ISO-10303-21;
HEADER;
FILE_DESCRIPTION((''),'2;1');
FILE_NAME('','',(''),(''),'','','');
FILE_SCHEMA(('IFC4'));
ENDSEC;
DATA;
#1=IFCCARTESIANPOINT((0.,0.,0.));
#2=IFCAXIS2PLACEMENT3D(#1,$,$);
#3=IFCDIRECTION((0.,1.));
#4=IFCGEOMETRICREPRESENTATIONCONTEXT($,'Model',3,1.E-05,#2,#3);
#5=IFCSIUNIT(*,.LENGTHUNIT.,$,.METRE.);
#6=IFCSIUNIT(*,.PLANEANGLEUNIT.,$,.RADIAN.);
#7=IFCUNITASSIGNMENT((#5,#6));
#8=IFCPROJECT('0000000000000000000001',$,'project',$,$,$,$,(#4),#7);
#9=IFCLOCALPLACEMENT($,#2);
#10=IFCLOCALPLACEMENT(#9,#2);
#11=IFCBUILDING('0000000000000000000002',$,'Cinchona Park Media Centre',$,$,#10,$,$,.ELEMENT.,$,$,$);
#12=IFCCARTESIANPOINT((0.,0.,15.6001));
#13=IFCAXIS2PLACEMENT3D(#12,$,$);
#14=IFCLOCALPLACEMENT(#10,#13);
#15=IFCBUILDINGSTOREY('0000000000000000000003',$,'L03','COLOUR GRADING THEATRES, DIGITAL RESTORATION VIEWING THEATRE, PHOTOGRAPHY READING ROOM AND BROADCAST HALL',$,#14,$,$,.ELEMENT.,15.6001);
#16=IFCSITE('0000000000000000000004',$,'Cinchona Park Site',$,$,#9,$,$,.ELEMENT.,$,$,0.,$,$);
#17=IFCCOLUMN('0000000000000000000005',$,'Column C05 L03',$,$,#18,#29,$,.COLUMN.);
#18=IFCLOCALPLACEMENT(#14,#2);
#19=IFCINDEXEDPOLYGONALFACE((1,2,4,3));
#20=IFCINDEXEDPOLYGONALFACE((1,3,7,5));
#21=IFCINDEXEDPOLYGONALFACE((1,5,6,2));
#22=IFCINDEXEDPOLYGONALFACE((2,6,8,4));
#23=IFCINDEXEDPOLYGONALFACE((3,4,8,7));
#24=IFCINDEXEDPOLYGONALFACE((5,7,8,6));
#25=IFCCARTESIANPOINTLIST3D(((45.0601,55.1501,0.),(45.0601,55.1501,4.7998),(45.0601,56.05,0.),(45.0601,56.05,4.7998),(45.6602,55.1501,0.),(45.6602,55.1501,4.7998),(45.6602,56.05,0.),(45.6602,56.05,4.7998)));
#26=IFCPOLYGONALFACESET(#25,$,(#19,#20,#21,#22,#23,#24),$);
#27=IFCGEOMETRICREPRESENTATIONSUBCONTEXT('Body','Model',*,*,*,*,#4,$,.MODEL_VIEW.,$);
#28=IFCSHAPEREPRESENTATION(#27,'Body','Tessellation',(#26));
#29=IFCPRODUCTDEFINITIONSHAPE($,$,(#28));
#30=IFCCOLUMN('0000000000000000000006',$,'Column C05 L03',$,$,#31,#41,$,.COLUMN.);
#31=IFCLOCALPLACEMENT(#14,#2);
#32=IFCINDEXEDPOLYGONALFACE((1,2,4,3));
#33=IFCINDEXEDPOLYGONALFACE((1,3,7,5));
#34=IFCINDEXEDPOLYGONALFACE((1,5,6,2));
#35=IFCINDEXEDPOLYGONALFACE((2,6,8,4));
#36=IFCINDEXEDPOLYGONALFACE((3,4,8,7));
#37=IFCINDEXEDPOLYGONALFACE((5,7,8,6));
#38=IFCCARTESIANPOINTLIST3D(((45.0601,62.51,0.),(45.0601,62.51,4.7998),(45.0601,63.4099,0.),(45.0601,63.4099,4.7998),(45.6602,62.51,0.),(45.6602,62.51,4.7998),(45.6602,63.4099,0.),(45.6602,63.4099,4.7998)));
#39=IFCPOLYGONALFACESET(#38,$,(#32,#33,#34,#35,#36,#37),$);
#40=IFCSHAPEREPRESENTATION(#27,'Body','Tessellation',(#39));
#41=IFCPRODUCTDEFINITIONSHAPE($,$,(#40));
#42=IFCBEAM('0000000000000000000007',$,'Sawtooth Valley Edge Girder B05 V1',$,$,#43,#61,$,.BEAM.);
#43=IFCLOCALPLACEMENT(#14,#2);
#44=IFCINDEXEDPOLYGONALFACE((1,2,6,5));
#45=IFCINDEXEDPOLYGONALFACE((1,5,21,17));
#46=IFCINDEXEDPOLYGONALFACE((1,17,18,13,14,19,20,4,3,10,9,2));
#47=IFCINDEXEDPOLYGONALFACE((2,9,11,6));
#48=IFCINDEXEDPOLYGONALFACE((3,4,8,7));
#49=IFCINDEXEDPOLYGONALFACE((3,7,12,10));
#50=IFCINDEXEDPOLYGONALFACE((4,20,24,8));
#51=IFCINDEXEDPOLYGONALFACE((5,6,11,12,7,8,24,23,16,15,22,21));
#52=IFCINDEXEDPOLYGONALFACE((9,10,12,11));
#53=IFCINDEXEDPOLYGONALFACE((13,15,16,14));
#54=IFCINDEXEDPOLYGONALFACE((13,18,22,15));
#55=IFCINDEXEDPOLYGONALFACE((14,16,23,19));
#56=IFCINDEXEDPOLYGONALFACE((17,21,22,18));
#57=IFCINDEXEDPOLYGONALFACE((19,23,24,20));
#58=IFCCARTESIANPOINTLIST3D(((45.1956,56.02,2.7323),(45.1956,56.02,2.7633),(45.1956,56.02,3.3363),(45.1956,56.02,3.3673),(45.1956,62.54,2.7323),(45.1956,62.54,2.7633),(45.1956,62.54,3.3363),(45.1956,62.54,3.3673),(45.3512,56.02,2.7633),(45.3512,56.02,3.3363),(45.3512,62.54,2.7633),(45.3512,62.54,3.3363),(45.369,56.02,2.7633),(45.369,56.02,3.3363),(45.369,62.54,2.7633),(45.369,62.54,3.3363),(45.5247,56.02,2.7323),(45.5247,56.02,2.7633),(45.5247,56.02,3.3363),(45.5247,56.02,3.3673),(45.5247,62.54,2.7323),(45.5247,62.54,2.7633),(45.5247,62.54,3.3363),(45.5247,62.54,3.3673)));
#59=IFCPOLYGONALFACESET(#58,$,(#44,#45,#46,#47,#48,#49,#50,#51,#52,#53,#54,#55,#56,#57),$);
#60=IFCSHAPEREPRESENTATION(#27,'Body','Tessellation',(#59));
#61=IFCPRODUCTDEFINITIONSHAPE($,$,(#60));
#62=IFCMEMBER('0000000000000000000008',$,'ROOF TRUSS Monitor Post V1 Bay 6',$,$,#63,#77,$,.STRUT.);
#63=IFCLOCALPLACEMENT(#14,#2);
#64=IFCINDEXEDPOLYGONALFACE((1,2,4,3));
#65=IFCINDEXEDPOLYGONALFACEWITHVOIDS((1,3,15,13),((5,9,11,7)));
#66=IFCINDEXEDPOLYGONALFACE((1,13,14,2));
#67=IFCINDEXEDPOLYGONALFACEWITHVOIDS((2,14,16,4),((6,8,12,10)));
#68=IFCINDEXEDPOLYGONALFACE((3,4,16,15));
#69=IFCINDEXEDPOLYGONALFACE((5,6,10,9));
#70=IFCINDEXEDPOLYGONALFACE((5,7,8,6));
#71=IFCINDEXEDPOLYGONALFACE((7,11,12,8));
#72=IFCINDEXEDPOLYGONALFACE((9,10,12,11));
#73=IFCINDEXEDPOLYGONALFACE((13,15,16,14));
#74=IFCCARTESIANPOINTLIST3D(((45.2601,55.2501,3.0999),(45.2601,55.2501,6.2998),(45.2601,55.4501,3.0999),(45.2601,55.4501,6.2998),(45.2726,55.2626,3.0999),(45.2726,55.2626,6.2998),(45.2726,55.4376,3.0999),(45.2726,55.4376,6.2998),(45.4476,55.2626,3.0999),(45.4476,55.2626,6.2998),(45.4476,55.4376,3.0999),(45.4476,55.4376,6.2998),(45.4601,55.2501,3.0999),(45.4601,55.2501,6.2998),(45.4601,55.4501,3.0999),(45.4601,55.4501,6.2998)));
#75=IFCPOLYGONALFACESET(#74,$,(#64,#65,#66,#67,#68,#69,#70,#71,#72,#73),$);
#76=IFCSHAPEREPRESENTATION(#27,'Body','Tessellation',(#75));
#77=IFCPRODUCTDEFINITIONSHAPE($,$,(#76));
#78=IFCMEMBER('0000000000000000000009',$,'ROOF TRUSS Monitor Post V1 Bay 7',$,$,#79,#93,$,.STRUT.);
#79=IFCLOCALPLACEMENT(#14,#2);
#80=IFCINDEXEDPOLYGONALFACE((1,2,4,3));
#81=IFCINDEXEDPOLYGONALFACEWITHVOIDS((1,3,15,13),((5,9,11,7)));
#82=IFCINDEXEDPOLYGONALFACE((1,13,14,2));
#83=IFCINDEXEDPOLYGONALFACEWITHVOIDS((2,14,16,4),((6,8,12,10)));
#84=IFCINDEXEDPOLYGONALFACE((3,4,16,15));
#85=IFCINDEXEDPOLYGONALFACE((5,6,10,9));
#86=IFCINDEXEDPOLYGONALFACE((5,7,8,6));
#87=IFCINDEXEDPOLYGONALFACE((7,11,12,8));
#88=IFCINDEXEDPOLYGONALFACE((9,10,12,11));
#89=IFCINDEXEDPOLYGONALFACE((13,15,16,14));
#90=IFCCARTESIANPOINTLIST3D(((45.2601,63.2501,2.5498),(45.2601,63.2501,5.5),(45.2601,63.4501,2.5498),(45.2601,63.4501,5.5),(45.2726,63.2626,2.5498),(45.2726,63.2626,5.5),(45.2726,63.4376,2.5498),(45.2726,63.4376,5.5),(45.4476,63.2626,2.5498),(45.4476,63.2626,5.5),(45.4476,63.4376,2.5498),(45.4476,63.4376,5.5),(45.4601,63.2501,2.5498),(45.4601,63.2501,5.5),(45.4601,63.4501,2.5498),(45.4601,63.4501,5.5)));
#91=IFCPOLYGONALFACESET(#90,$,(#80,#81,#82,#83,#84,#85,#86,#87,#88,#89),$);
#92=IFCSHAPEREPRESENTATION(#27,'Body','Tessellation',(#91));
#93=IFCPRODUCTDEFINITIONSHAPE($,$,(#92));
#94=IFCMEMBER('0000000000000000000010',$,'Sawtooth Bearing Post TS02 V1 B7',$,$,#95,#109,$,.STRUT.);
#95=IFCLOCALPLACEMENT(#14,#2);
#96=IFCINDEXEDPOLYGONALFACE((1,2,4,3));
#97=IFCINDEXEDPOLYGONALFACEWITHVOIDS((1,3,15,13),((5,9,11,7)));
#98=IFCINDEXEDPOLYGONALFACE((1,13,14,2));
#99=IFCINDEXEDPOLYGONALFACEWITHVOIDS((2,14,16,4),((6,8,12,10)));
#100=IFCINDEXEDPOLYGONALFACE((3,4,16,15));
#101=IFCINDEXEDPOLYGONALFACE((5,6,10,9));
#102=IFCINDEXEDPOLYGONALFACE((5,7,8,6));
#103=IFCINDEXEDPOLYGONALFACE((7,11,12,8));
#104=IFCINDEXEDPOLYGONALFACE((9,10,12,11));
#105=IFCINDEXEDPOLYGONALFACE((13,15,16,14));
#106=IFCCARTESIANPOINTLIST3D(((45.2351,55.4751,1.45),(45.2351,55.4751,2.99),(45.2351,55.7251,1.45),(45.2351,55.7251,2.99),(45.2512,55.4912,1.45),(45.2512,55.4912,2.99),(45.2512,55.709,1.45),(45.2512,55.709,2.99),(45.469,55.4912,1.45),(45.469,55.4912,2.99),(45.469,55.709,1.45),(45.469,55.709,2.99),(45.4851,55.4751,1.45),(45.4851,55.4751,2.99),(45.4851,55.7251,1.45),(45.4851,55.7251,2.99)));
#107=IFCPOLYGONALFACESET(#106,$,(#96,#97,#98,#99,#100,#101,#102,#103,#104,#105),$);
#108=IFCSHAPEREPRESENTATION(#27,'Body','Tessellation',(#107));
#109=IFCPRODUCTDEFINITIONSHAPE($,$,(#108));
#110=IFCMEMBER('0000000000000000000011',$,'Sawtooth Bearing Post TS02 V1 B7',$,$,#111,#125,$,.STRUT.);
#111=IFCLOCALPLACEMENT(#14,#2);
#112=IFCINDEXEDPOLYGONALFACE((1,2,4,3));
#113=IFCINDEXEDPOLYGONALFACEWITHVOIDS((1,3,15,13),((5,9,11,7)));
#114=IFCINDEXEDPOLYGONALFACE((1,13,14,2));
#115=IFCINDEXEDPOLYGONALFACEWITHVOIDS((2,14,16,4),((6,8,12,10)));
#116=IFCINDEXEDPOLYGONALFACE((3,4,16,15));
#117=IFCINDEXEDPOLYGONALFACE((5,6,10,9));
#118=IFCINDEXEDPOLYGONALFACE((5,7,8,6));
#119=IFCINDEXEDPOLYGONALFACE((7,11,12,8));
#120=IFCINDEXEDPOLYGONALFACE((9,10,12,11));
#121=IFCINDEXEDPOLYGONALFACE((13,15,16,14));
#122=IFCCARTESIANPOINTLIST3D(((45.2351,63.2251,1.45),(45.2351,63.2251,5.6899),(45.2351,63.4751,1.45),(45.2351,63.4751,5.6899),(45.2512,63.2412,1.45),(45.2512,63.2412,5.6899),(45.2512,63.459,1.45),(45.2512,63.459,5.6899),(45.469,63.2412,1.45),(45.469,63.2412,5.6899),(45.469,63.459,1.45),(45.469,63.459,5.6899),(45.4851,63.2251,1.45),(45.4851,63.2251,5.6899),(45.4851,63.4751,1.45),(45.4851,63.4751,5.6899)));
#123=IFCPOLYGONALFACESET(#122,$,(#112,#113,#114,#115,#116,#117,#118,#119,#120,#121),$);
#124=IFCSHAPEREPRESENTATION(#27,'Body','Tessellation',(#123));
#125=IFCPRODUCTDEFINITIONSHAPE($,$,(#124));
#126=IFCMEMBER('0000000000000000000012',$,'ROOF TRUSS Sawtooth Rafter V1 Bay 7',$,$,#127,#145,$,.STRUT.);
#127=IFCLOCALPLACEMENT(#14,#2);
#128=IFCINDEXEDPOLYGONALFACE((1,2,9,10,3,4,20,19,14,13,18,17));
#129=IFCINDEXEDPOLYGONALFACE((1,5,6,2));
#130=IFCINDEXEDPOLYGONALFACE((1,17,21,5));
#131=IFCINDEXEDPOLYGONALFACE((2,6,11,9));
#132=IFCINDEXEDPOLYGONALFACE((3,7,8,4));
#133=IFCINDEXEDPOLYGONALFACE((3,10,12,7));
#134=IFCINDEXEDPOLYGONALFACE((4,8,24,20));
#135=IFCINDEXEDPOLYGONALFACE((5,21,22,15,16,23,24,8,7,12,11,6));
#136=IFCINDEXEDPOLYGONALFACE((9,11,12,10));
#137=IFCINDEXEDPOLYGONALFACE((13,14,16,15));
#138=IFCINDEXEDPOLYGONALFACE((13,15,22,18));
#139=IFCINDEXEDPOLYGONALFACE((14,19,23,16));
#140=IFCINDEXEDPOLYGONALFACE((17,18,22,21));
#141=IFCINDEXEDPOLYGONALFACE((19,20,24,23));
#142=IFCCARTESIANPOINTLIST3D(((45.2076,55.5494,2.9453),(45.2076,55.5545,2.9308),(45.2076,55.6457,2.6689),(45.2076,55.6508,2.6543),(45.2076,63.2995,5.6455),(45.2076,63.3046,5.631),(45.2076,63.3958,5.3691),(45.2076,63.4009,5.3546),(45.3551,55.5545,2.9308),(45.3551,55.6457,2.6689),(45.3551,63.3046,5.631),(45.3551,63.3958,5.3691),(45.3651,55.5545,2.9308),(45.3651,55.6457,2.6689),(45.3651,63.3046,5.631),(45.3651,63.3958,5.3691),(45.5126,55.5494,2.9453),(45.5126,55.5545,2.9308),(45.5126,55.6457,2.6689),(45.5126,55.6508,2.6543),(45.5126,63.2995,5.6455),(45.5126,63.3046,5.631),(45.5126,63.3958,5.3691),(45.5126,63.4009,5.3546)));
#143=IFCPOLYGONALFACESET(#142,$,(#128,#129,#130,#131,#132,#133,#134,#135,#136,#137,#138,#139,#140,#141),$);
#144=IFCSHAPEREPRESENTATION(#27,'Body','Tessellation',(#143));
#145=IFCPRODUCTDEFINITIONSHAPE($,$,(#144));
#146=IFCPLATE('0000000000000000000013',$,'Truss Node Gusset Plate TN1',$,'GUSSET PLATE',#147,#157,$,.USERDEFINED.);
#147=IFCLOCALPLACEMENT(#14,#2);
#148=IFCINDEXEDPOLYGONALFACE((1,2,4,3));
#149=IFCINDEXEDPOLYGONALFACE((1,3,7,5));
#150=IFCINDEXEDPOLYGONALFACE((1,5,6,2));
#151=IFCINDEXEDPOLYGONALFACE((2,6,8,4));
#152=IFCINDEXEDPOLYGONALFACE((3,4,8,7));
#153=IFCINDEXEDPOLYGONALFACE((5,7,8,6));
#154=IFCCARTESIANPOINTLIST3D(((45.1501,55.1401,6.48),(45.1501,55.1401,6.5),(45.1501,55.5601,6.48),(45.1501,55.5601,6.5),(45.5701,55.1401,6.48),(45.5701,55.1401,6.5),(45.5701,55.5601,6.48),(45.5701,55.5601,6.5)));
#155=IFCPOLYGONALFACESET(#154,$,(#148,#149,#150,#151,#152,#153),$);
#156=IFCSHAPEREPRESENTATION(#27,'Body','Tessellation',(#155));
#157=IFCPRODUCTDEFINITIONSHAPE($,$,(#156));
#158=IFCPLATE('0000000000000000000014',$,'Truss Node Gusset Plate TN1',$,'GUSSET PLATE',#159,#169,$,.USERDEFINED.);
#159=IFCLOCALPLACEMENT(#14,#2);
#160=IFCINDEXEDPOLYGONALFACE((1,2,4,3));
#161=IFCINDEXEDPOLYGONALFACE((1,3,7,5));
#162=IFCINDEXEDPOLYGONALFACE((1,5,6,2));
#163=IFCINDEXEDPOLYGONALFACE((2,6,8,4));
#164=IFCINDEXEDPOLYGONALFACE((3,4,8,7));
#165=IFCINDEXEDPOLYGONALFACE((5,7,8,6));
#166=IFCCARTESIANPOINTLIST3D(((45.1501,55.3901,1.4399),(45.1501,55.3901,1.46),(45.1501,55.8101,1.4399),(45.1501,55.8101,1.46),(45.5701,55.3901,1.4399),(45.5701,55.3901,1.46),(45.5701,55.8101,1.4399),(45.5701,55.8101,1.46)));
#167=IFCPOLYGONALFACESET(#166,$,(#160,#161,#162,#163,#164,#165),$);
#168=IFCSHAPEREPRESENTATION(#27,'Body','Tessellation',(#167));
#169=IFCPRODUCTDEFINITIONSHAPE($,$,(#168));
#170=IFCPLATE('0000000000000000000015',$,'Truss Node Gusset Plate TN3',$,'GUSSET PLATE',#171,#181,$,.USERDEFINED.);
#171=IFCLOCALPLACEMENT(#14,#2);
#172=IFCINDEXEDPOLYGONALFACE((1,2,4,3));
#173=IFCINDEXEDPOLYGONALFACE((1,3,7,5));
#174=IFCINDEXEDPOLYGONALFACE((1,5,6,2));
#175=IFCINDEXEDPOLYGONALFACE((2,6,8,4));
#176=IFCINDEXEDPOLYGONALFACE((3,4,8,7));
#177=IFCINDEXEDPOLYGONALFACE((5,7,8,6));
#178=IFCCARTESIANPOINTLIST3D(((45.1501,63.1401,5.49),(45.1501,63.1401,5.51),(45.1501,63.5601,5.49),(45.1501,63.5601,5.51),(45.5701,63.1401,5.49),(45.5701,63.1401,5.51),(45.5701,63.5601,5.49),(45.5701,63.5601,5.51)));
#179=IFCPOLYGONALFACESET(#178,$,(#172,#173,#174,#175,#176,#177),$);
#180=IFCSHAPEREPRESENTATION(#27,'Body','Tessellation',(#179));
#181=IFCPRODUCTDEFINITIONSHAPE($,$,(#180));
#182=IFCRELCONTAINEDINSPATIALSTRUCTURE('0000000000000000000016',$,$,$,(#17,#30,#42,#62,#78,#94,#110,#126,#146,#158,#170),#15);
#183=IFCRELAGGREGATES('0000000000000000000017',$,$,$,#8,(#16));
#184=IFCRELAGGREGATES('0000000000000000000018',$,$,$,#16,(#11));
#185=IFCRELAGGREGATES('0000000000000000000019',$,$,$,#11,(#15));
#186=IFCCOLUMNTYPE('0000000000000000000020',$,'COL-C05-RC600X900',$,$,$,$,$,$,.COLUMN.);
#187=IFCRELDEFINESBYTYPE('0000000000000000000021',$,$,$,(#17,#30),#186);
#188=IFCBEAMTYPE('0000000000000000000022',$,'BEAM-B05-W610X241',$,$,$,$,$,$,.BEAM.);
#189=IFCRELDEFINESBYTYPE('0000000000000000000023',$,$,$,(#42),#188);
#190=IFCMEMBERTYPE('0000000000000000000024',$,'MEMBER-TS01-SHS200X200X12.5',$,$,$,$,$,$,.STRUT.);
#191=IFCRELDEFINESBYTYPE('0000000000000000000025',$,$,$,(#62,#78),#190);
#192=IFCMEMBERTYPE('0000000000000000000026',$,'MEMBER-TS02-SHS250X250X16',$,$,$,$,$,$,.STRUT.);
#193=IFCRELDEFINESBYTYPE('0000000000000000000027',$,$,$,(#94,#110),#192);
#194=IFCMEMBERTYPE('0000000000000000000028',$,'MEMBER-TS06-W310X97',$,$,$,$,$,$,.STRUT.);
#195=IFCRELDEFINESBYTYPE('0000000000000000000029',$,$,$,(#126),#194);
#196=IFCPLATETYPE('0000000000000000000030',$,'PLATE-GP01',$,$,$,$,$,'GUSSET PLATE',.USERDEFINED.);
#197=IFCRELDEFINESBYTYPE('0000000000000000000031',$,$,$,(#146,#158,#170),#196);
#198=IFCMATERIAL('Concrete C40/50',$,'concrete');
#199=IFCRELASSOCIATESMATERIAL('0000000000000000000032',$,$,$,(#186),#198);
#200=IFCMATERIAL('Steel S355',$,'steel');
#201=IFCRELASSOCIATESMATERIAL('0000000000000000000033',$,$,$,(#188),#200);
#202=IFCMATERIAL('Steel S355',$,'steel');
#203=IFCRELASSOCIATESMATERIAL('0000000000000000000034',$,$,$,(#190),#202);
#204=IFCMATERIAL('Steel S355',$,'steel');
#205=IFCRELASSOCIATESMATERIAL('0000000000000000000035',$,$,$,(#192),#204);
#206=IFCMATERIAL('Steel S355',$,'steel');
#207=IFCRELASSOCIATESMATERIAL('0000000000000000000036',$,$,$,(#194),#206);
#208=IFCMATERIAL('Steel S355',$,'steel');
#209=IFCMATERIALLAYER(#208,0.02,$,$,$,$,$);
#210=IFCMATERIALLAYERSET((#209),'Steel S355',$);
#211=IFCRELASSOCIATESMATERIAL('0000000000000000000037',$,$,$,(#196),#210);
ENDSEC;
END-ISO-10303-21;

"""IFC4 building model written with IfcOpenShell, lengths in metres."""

from ifc_helpers import new_model, si_unit, direction, frame, origin, origin_2d, place, context, subcontext, project, spatial, rectangle, hollow_rectangle, i_section, extrude, material, layer, layer_set, material_profile, profile_set, type_object, element, save


model = new_model("IFC4")

# Units and contexts
model_context = context("Model", 3, precision=1e-05, world=origin(), true_north=direction((0.0, 1.0)))
body_context = subcontext(model_context, "Body", "Model", "MODEL_VIEW")
ifc_project = project(units=[si_unit("LENGTHUNIT", "METRE"), si_unit("PLANEANGLEUNIT", "RADIAN")], contexts=[model_context])

# Site, building, storey
site_placement = place(None, origin())
site = spatial("IfcSite", under=ifc_project, at=site_placement, Name="Cinchona Park Site", CompositionType="ELEMENT", RefElevation=0.0)
building_placement = place(site_placement, origin())
building = spatial("IfcBuilding", under=site, at=building_placement, Name="Cinchona Park Media Centre", CompositionType="ELEMENT")
storey_placement = place(building_placement, frame((0.0, 0.0, 15.6001)))
storey = spatial("IfcBuildingStorey", under=building, at=storey_placement, Name="L03", Description="COLOUR GRADING THEATRES, DIGITAL RESTORATION VIEWING THEATRE, PHOTOGRAPHY READING ROOM AND BROADCAST HALL", CompositionType="ELEMENT", Elevation=15.6001)

# Columns
ifc_material_1 = material(Name="Concrete C40/50", Category="concrete")
ifc_material_profile_1 = material_profile(ifc_material_1, rectangle(XDim=0.6001, YDim=0.8999, at=origin_2d()), Name="RC 600X900")
ifc_profile_set_1 = profile_set([ifc_material_profile_1], Name="Concrete C40/50")
column_type = type_object("IfcColumnType", Name="COL-C05-RC600X900", PredefinedType="COLUMN", material=ifc_profile_set_1)
for number, where, z_axis, x_axis, name in (
    (1, (45.3601, 55.6001, 0.0), (0.0, 0.0, 1.0), (1.0, 0.0, 0.0), "Column C05 L03"),
    (2, (45.3601, 62.96, 0.0), (0.0, 0.0, 1.0), (1.0, 0.0, 0.0), "Column C05 L03"),
):
    element("IfcColumn", number, at=place(storey_placement, frame(where, z_axis=z_axis, x_axis=x_axis)), inside=storey, type_object=column_type, Name=name, PredefinedType="COLUMN", context=body_context, shape_type="SweptSolid", body=[
        extrude(rectangle(XDim=0.6001, YDim=0.8999, at=origin_2d()), origin(), (0.0, 0.0, 1.0), 4.7998),
    ])

# Beam
ifc_material_2 = material(Name="Steel S355", Category="steel")
ifc_material_profile_2 = material_profile(ifc_material_2, i_section(OverallWidth=0.3291, OverallDepth=0.635, WebThickness=0.0178, FlangeThickness=0.031, at=origin_2d()), Name="W610X241")
ifc_profile_set_2 = profile_set([ifc_material_profile_2], Name="Steel S355")
beam_type = type_object("IfcBeamType", Name="BEAM-B05-W610X241", PredefinedType="BEAM", material=ifc_profile_set_2)
beam_placement = place(storey_placement, frame((45.3601, 56.02, 3.0498), z_axis=(0.0, 1.0, 0.0), x_axis=(-1.0, 0.0, 0.0)))
element("IfcBeam", 3, at=beam_placement, inside=storey, type_object=beam_type, Name="Sawtooth Valley Edge Girder B05 V1", PredefinedType="BEAM", context=body_context, shape_type="SweptSolid", body=[
    extrude(i_section(OverallWidth=0.3291, OverallDepth=0.635, WebThickness=0.0178, FlangeThickness=0.031, at=origin_2d()), origin(), (0.0, 0.0, 1.0), 6.52),
])

# Members
ifc_material_3 = material(Name="Steel S355", Category="steel")
ifc_material_profile_3 = material_profile(ifc_material_3, hollow_rectangle(XDim=0.2, YDim=0.2, WallThickness=0.0125, at=origin_2d()), Name="200X200X12.5SHS")
ifc_profile_set_3 = profile_set([ifc_material_profile_3], Name="Steel S355")
member_type_1 = type_object("IfcMemberType", Name="MEMBER-TS01-SHS200X200X12.5", PredefinedType="STRUT", material=ifc_profile_set_3)
member_1_placement = place(storey_placement, frame((45.3601, 55.3501, 3.0999), z_axis=(0.0, 0.0, 1.0), x_axis=(1.0, 0.0, 0.0)))
element("IfcMember", 4, at=member_1_placement, inside=storey, type_object=member_type_1, Name="ROOF TRUSS Monitor Post V1 Bay 6", PredefinedType="STRUT", context=body_context, shape_type="SweptSolid", body=[
    extrude(hollow_rectangle(XDim=0.2, YDim=0.2, WallThickness=0.0125, at=origin_2d()), origin(), (0.0, 0.0, 1.0), 3.2),
])
member_2_placement = place(storey_placement, frame((45.3601, 63.3501, 2.5498), z_axis=(0.0, 0.0, 1.0), x_axis=(1.0, 0.0, 0.0)))
element("IfcMember", 5, at=member_2_placement, inside=storey, type_object=member_type_1, Name="ROOF TRUSS Monitor Post V1 Bay 7", PredefinedType="STRUT", context=body_context, shape_type="SweptSolid", body=[
    extrude(hollow_rectangle(XDim=0.2, YDim=0.2, WallThickness=0.0125, at=origin_2d()), origin(), (0.0, 0.0, 1.0), 2.9502),
])
ifc_material_4 = material(Name="Steel S355", Category="steel")
ifc_material_profile_4 = material_profile(ifc_material_4, hollow_rectangle(XDim=0.25, YDim=0.25, WallThickness=0.0161, at=origin_2d()), Name="250X250X16SHS")
ifc_profile_set_4 = profile_set([ifc_material_profile_4], Name="Steel S355")
member_type_2 = type_object("IfcMemberType", Name="MEMBER-TS02-SHS250X250X16", PredefinedType="STRUT", material=ifc_profile_set_4)
member_3_placement = place(storey_placement, frame((45.3601, 55.6001, 1.45), z_axis=(0.0, 0.0, 1.0), x_axis=(1.0, 0.0, 0.0)))
element("IfcMember", 6, at=member_3_placement, inside=storey, type_object=member_type_2, Name="Sawtooth Bearing Post TS02 V1 B7", PredefinedType="STRUT", context=body_context, shape_type="SweptSolid", body=[
    extrude(hollow_rectangle(XDim=0.25, YDim=0.25, WallThickness=0.0161, at=origin_2d()), origin(), (0.0, 0.0, 1.0), 1.54),
])
member_4_placement = place(storey_placement, frame((45.3601, 63.3501, 1.45), z_axis=(0.0, 0.0, 1.0), x_axis=(1.0, 0.0, 0.0)))
element("IfcMember", 7, at=member_4_placement, inside=storey, type_object=member_type_2, Name="Sawtooth Bearing Post TS02 V1 B7", PredefinedType="STRUT", context=body_context, shape_type="SweptSolid", body=[
    extrude(hollow_rectangle(XDim=0.25, YDim=0.25, WallThickness=0.0161, at=origin_2d()), origin(), (0.0, 0.0, 1.0), 4.24),
])
ifc_material_5 = material(Name="Steel S355", Category="steel")
ifc_material_profile_5 = material_profile(ifc_material_5, i_section(OverallWidth=0.3049, OverallDepth=0.3081, WebThickness=0.01, FlangeThickness=0.0154, at=origin_2d()), Name="W310X97")
ifc_profile_set_5 = profile_set([ifc_material_profile_5], Name="Steel S355")
member_type_3 = type_object("IfcMemberType", Name="MEMBER-TS06-W310X97", PredefinedType="STRUT", material=ifc_profile_set_5)
member_5_placement = place(storey_placement, frame((45.3601, 55.6001, 2.7998), z_axis=(0.0, 0.944325, 0.329014), x_axis=(-1.0, 0.0, 0.0)))
element("IfcMember", 8, at=member_5_placement, inside=storey, type_object=member_type_3, Name="ROOF TRUSS Sawtooth Rafter V1 Bay 7", PredefinedType="STRUT", context=body_context, shape_type="SweptSolid", body=[
    extrude(i_section(OverallWidth=0.3049, OverallDepth=0.3081, WebThickness=0.01, FlangeThickness=0.0154, at=origin_2d()), origin(), (0.0, 0.0, 1.0), 8.207),
])

# Plates
ifc_material_6 = material(Name="Steel S355", Category="steel")
ifc_layer_1 = layer(ifc_material_6, 0.02)
ifc_layer_set_1 = layer_set([ifc_layer_1], Name="Steel S355")
plate_type_1 = type_object("IfcPlateType", Name="PLATE-GP01", ElementType="GUSSET PLATE", PredefinedType="USERDEFINED", material=ifc_layer_set_1)
for number, where, z_axis, x_axis, name in (
    (9, (45.3601, 55.3501, 6.48), (0.0, 0.0, 1.0), (1.0, 0.0, 0.0), "Truss Node Gusset Plate TN1"),
    (10, (45.3601, 55.6001, 1.4399), (0.0, 0.0, 1.0), (1.0, 0.0, 0.0), "Truss Node Gusset Plate TN1"),
    (11, (45.3601, 63.3501, 5.49), (0.0, 0.0, 1.0), (1.0, 0.0, 0.0), "Truss Node Gusset Plate TN3"),
):
    element("IfcPlate", number, at=place(storey_placement, frame(where, z_axis=z_axis, x_axis=x_axis)), inside=storey, type_object=plate_type_1, Name=name, ObjectType="GUSSET PLATE", PredefinedType="USERDEFINED", context=body_context, shape_type="SweptSolid", body=[
        extrude(rectangle(XDim=0.4199, YDim=0.4199, at=origin_2d()), origin(), (0.0, 0.0, 1.0), 0.02),
    ])

save(model, "model.ifc")
